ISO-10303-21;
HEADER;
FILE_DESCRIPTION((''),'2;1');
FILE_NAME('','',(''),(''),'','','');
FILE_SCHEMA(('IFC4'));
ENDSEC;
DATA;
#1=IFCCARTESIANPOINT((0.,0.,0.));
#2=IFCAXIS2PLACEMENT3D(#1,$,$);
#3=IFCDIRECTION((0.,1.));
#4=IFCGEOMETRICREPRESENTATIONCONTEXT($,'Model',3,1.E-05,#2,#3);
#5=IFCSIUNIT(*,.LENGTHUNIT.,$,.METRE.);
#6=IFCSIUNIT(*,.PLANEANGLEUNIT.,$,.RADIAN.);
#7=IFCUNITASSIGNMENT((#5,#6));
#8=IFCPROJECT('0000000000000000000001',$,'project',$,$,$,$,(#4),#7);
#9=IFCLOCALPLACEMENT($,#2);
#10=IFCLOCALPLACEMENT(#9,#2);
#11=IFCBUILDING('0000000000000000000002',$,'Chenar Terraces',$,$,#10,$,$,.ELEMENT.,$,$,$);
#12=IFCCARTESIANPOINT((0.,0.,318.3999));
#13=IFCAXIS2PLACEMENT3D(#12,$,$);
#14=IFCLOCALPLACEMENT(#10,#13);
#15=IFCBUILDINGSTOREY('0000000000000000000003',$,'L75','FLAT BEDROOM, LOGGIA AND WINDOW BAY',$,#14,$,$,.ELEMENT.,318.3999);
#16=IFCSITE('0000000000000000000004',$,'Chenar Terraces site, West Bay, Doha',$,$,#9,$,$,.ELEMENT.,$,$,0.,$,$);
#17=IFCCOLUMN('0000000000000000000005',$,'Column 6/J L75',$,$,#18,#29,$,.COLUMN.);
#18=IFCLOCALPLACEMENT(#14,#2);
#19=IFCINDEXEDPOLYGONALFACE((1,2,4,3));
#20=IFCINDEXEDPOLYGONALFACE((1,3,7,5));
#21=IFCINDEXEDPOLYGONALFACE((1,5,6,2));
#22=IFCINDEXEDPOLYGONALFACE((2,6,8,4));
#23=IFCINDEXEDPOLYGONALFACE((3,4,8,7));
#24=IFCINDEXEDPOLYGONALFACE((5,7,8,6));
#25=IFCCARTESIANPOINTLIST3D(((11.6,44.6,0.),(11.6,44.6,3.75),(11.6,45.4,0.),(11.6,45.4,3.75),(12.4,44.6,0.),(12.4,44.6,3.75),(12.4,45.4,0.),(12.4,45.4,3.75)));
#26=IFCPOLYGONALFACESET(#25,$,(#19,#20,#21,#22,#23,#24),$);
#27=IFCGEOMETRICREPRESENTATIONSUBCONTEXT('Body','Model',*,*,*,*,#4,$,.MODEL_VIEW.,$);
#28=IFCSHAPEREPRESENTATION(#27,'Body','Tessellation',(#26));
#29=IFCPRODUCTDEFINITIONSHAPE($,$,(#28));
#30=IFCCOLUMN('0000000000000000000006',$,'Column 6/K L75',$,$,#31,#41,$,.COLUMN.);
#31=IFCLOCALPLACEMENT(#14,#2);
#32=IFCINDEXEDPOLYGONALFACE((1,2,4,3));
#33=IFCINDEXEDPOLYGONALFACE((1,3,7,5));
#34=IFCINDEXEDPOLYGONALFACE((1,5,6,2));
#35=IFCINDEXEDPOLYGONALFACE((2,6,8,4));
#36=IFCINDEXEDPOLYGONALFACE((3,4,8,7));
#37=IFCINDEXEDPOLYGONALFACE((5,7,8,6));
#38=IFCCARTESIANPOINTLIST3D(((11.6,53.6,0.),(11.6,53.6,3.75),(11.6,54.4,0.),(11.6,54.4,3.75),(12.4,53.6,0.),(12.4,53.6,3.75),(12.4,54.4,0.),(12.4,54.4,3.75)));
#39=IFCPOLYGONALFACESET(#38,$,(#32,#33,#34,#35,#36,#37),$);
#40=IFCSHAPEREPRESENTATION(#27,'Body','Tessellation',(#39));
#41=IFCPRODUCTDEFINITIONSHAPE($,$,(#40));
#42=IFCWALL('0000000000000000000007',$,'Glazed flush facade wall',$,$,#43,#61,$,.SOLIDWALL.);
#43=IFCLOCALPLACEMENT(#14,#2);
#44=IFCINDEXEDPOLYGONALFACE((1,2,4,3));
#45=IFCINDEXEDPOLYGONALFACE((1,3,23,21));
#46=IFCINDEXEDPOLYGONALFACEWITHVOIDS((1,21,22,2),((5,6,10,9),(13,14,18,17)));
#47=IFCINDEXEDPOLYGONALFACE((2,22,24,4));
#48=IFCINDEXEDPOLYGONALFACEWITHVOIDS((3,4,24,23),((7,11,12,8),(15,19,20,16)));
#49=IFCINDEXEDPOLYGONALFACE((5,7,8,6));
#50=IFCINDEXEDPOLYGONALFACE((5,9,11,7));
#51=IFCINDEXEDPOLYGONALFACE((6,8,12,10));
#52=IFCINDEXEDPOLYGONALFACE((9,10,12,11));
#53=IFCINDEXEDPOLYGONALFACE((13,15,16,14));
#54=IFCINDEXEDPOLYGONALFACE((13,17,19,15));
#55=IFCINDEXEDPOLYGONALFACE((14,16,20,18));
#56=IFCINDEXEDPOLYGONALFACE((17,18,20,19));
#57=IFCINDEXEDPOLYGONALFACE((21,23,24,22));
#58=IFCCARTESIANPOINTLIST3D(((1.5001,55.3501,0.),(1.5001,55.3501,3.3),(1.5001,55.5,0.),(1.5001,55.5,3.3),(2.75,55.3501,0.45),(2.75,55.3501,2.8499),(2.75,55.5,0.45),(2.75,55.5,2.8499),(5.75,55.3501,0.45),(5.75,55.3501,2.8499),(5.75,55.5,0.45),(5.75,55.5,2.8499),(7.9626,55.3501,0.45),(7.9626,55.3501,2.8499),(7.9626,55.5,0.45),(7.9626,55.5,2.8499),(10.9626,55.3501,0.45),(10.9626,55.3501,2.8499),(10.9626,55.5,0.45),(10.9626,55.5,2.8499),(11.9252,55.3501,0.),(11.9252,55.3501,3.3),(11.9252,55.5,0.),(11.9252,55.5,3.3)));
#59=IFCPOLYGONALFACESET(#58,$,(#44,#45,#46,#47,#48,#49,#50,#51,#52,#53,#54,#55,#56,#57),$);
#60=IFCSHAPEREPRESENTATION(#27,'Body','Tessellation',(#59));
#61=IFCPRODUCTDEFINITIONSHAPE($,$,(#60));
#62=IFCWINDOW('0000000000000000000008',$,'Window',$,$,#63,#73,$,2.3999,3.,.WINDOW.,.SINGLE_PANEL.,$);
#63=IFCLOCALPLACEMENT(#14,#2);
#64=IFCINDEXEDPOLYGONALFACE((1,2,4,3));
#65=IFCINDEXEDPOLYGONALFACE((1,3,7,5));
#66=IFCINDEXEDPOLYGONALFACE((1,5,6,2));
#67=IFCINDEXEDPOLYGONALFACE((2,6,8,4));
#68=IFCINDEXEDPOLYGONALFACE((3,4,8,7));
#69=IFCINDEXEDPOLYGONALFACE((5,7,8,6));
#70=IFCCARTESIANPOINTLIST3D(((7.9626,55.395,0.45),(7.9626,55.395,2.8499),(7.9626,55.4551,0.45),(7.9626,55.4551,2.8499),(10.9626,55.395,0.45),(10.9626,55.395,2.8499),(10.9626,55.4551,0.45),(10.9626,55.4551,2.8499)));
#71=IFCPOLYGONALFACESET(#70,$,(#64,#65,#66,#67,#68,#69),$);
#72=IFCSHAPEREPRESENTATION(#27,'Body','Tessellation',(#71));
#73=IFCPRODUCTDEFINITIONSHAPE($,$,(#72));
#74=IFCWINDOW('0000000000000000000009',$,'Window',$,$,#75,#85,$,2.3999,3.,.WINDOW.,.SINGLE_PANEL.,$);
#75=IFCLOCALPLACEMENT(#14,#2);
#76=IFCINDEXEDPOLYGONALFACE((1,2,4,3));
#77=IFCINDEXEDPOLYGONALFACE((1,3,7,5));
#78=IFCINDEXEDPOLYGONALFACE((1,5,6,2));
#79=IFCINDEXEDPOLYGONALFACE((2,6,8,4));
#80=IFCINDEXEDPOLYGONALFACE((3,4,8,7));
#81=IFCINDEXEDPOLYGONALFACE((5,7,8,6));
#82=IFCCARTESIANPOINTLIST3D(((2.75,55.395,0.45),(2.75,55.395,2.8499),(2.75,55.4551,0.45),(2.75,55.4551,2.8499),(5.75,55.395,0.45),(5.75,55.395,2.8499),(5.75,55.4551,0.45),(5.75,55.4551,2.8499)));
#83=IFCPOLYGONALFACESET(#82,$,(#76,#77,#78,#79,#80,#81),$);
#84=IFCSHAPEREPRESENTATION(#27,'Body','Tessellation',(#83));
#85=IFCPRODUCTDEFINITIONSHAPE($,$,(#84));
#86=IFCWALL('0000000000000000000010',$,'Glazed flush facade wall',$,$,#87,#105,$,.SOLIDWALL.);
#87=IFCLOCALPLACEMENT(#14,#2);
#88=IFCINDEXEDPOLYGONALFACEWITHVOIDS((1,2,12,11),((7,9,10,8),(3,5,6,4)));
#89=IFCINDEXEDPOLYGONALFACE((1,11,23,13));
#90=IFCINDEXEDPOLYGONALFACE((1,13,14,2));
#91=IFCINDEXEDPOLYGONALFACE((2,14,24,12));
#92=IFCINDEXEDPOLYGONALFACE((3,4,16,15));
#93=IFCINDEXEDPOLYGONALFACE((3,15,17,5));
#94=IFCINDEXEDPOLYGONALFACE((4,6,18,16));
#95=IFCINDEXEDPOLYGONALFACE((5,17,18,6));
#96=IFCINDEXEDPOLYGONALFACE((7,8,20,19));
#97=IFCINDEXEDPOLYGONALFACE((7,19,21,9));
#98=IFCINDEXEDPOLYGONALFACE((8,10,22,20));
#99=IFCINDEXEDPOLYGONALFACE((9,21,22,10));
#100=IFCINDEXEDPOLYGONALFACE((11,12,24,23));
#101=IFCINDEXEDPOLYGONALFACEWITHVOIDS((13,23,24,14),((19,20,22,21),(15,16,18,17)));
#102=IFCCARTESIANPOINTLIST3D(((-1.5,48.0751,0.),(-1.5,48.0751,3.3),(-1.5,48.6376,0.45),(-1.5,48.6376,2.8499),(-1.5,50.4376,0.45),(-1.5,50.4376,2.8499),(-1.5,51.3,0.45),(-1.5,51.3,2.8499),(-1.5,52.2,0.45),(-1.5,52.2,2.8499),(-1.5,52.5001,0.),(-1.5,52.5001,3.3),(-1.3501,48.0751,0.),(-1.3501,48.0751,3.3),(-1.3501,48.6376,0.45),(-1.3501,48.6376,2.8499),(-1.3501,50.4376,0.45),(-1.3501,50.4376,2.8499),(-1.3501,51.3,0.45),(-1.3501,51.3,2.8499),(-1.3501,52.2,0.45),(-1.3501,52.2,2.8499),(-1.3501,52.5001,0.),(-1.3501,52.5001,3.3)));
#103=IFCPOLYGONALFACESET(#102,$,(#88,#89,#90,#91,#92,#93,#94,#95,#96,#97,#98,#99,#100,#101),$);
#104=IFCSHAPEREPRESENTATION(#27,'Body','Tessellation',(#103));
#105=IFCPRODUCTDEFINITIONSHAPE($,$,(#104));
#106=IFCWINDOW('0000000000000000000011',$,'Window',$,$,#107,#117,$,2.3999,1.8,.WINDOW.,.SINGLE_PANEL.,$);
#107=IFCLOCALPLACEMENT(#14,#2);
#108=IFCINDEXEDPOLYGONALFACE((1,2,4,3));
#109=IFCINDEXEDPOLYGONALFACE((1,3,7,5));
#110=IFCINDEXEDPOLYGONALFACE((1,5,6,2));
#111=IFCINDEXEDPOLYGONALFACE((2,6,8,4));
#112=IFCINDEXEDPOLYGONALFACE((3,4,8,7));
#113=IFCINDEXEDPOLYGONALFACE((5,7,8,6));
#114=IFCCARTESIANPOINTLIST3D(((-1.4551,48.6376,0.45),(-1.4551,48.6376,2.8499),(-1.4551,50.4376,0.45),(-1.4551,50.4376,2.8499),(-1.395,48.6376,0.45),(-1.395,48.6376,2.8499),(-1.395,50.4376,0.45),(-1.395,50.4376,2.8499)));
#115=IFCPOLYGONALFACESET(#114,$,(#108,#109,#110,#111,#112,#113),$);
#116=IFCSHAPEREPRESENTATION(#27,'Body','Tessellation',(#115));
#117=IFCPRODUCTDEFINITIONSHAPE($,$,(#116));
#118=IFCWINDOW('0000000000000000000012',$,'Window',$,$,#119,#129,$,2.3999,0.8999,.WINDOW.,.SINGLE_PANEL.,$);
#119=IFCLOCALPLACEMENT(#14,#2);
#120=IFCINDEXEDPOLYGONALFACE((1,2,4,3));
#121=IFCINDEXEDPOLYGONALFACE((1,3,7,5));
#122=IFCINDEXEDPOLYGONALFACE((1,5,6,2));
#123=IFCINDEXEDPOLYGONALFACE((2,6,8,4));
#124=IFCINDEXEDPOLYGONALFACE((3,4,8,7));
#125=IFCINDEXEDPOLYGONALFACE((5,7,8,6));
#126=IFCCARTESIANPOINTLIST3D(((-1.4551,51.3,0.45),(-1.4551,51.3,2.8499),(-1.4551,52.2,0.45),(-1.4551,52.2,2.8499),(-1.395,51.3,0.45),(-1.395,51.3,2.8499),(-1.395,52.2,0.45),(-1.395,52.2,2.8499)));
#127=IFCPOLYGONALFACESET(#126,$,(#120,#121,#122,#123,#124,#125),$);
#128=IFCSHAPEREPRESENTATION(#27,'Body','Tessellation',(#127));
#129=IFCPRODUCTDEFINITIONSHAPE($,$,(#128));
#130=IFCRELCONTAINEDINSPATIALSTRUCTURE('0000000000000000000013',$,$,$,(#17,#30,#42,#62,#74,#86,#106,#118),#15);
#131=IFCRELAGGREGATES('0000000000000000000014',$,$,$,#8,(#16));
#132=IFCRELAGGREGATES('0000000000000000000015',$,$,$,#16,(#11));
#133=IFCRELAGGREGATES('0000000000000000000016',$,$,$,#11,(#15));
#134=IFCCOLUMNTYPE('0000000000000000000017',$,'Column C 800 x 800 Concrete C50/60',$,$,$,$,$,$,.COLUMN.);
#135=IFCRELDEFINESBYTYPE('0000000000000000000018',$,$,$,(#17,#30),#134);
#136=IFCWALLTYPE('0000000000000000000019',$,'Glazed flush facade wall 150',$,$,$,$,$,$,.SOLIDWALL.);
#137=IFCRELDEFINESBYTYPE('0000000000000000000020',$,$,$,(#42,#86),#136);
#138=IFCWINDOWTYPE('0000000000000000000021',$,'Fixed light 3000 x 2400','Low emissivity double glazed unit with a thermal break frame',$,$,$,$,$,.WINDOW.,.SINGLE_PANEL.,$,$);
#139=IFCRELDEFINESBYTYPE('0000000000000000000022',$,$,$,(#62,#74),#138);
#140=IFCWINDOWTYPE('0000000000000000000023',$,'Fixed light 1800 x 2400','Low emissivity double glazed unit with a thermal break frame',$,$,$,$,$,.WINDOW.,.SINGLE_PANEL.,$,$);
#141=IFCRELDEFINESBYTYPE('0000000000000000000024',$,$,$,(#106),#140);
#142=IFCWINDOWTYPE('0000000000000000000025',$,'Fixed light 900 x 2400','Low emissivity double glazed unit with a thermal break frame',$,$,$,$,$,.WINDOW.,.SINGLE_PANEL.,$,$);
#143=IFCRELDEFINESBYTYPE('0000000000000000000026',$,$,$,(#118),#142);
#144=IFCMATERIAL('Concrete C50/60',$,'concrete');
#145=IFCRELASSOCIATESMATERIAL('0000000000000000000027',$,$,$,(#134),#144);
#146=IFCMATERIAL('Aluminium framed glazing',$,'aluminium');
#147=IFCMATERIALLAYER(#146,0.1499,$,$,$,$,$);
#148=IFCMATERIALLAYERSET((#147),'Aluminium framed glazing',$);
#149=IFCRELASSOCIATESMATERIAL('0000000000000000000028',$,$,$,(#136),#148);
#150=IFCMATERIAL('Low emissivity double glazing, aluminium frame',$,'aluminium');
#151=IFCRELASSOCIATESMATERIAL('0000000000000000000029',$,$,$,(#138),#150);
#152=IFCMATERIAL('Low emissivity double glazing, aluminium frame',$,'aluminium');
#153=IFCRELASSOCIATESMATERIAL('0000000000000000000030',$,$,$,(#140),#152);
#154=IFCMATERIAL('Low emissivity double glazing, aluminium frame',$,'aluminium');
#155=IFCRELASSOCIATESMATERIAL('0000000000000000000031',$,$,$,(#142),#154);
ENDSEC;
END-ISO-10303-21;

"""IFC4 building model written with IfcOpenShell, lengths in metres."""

from ifc_helpers import new_model, si_unit, direction, frame, frame_2d, origin, origin_2d, place, context, subcontext, project, spatial, rectangle, extrude, material, layer, layer_set, material_profile, profile_set, type_object, element, fill, save


model = new_model("IFC4")

# Units and contexts
model_context = context("Model", 3, precision=1e-05, world=origin(), true_north=direction((0.0, 1.0)))
body_context = subcontext(model_context, "Body", "Model", "MODEL_VIEW")
ifc_project = project(units=[si_unit("LENGTHUNIT", "METRE"), si_unit("PLANEANGLEUNIT", "RADIAN")], contexts=[model_context])

# Site, building, storey
site_placement = place(None, origin())
site = spatial("IfcSite", under=ifc_project, at=site_placement, Name="Chenar Terraces site, West Bay, Doha", CompositionType="ELEMENT", RefElevation=0.0)
building_placement = place(site_placement, origin())
building = spatial("IfcBuilding", under=site, at=building_placement, Name="Chenar Terraces", CompositionType="ELEMENT")
storey_placement = place(building_placement, frame((0.0, 0.0, 318.3999)))
storey = spatial("IfcBuildingStorey", under=building, at=storey_placement, Name="L75", Description="FLAT BEDROOM, LOGGIA AND WINDOW BAY", CompositionType="ELEMENT", Elevation=318.3999)

# Columns
ifc_material_1 = material(Name="Concrete C50/60", Category="concrete")
ifc_material_profile = material_profile(ifc_material_1, rectangle(XDim=0.8, YDim=0.8, at=origin_2d()), Name="C 800 x 800")
ifc_profile_set = profile_set([ifc_material_profile], Name="Concrete C50/60")
column_type = type_object("IfcColumnType", Name="Column C 800 x 800 Concrete C50/60", PredefinedType="COLUMN", material=ifc_profile_set)
for number, where, z_axis, x_axis, name in (
    (1, (12.0, 45.0, 0.0), (0.0, 0.0, 1.0), (1.0, 0.0, 0.0), "Column 6/J L75"),
    (2, (12.0, 54.0, 0.0), (0.0, 0.0, 1.0), (1.0, 0.0, 0.0), "Column 6/K L75"),
):
    element("IfcColumn", number, at=place(storey_placement, frame(where, z_axis=z_axis, x_axis=x_axis)), inside=storey, type_object=column_type, Name=name, PredefinedType="COLUMN", context=body_context, shape_type="SweptSolid", body=[
        extrude(rectangle(XDim=0.8, YDim=0.8, at=origin_2d()), origin(), (0.0, 0.0, 1.0), 3.75),
    ])

# Walls, openings, windows
ifc_material_2 = material(Name="Aluminium framed glazing", Category="aluminium")
ifc_layer_1 = layer(ifc_material_2, 0.1499)
ifc_layer_set_1 = layer_set([ifc_layer_1], Name="Aluminium framed glazing")
wall_type_1 = type_object("IfcWallType", Name="Glazed flush facade wall 150", PredefinedType="SOLIDWALL", material=ifc_layer_set_1)
wall_1_placement = place(storey_placement, frame((11.925, 55.425, 0.0), z_axis=(0.0, 0.0, 1.0), x_axis=(-1.0, 0.0, 0.0)))
wall_1 = element("IfcWall", 3, at=wall_1_placement, inside=storey, type_object=wall_type_1, Name="Glazed flush facade wall", PredefinedType="SOLIDWALL", context=body_context, shape_type="SweptSolid", body=[
    extrude(rectangle(XDim=10.425, YDim=0.1499, at=frame_2d((5.2124, 0.0))), origin(), (0.0, 0.0, 1.0), 3.3),
])
opening_1_placement = place(wall_1_placement, frame((0.9624, 0.0, 0.45)))
opening_1 = element("IfcOpeningElement", 4, at=opening_1_placement, cuts=wall_1, PredefinedType="OPENING", context=body_context, shape_type="SweptSolid", body=[
    extrude(rectangle(XDim=3.0, YDim=2.3999, at=frame_2d((1.5, 1.2))), frame((0.0, 0.085, 0.0), z_axis=(0.0, -1.0, 0.0), x_axis=(1.0, 0.0, 0.0)), (0.0, 0.0, 1.0), 0.1699),
])
opening_2_placement = place(wall_1_placement, frame((6.175, 0.0, 0.45)))
opening_2 = element("IfcOpeningElement", 5, at=opening_2_placement, cuts=wall_1, PredefinedType="OPENING", context=body_context, shape_type="SweptSolid", body=[
    extrude(rectangle(XDim=3.0, YDim=2.3999, at=frame_2d((1.5, 1.2))), frame((0.0, 0.085, 0.0), z_axis=(0.0, -1.0, 0.0), x_axis=(1.0, 0.0, 0.0)), (0.0, 0.0, 1.0), 0.1699),
])
ifc_material_3 = material(Name="Low emissivity double glazing, aluminium frame", Category="aluminium")
window_type_1 = type_object("IfcWindowType", Name="Fixed light 3000 x 2400", Description="Low emissivity double glazed unit with a thermal break frame", PartitioningType="SINGLE_PANEL", PredefinedType="WINDOW", material=ifc_material_3)
window_1_placement = place(opening_1_placement, origin())
window_1 = element("IfcWindow", 6, at=window_1_placement, inside=storey, type_object=window_type_1, Name="Window", OverallHeight=2.3999, OverallWidth=3.0, PartitioningType="SINGLE_PANEL", PredefinedType="WINDOW", context=body_context, shape_type="SweptSolid", body=[
    extrude(rectangle(XDim=3.0, YDim=2.3999, at=frame_2d((1.5, 1.2))), frame((0.0, 0.03, 0.0), z_axis=(0.0, -1.0, 0.0), x_axis=(1.0, 0.0, 0.0)), (0.0, 0.0, 1.0), 0.0601),
])
fill(opening_1, window_1)
window_2_placement = place(opening_2_placement, origin())
window_2 = element("IfcWindow", 7, at=window_2_placement, inside=storey, type_object=window_type_1, Name="Window", OverallHeight=2.3999, OverallWidth=3.0, PartitioningType="SINGLE_PANEL", PredefinedType="WINDOW", context=body_context, shape_type="SweptSolid", body=[
    extrude(rectangle(XDim=3.0, YDim=2.3999, at=frame_2d((1.5, 1.2))), frame((0.0, 0.03, 0.0), z_axis=(0.0, -1.0, 0.0), x_axis=(1.0, 0.0, 0.0)), (0.0, 0.0, 1.0), 0.0601),
])
fill(opening_2, window_2)
wall_2_placement = place(storey_placement, frame((-1.425, 52.5, 0.0), z_axis=(0.0, 0.0, 1.0), x_axis=(0.0, -1.0, 0.0)))
wall_2 = element("IfcWall", 8, at=wall_2_placement, inside=storey, type_object=wall_type_1, Name="Glazed flush facade wall", PredefinedType="SOLIDWALL", context=body_context, shape_type="SweptSolid", body=[
    extrude(rectangle(XDim=4.425, YDim=0.1499, at=frame_2d((2.2124, 0.0))), origin(), (0.0, 0.0, 1.0), 3.3),
])
opening_3_placement = place(wall_2_placement, frame((0.3, 0.0, 0.45)))
opening_3 = element("IfcOpeningElement", 9, at=opening_3_placement, cuts=wall_2, PredefinedType="OPENING", context=body_context, shape_type="SweptSolid", body=[
    extrude(rectangle(XDim=0.8999, YDim=2.3999, at=frame_2d((0.45, 1.2))), frame((0.0, 0.085, 0.0), z_axis=(0.0, -1.0, 0.0), x_axis=(1.0, 0.0, 0.0)), (0.0, 0.0, 1.0), 0.1699),
])
opening_4_placement = place(wall_2_placement, frame((2.0625, 0.0, 0.45)))
opening_4 = element("IfcOpeningElement", 10, at=opening_4_placement, cuts=wall_2, PredefinedType="OPENING", context=body_context, shape_type="SweptSolid", body=[
    extrude(rectangle(XDim=1.8, YDim=2.3999, at=frame_2d((0.8999, 1.2))), frame((0.0, 0.085, 0.0), z_axis=(0.0, -1.0, 0.0), x_axis=(1.0, 0.0, 0.0)), (0.0, 0.0, 1.0), 0.1699),
])
ifc_material_4 = material(Name="Low emissivity double glazing, aluminium frame", Category="aluminium")
window_type_2 = type_object("IfcWindowType", Name="Fixed light 1800 x 2400", Description="Low emissivity double glazed unit with a thermal break frame", PartitioningType="SINGLE_PANEL", PredefinedType="WINDOW", material=ifc_material_4)
window_3_placement = place(opening_4_placement, origin())
window_3 = element("IfcWindow", 11, at=window_3_placement, inside=storey, type_object=window_type_2, Name="Window", OverallHeight=2.3999, OverallWidth=1.8, PartitioningType="SINGLE_PANEL", PredefinedType="WINDOW", context=body_context, shape_type="SweptSolid", body=[
    extrude(rectangle(XDim=1.8, YDim=2.3999, at=frame_2d((0.8999, 1.2))), frame((0.0, 0.03, 0.0), z_axis=(0.0, -1.0, 0.0), x_axis=(1.0, 0.0, 0.0)), (0.0, 0.0, 1.0), 0.0601),
])
fill(opening_4, window_3)
ifc_material_5 = material(Name="Low emissivity double glazing, aluminium frame", Category="aluminium")
window_type_3 = type_object("IfcWindowType", Name="Fixed light 900 x 2400", Description="Low emissivity double glazed unit with a thermal break frame", PartitioningType="SINGLE_PANEL", PredefinedType="WINDOW", material=ifc_material_5)
window_4_placement = place(opening_3_placement, origin())
window_4 = element("IfcWindow", 12, at=window_4_placement, inside=storey, type_object=window_type_3, Name="Window", OverallHeight=2.3999, OverallWidth=0.8999, PartitioningType="SINGLE_PANEL", PredefinedType="WINDOW", context=body_context, shape_type="SweptSolid", body=[
    extrude(rectangle(XDim=0.8999, YDim=2.3999, at=frame_2d((0.45, 1.2))), frame((0.0, 0.03, 0.0), z_axis=(0.0, -1.0, 0.0), x_axis=(1.0, 0.0, 0.0)), (0.0, 0.0, 1.0), 0.0601),
])
fill(opening_3, window_4)

save(model, "model.ifc")
